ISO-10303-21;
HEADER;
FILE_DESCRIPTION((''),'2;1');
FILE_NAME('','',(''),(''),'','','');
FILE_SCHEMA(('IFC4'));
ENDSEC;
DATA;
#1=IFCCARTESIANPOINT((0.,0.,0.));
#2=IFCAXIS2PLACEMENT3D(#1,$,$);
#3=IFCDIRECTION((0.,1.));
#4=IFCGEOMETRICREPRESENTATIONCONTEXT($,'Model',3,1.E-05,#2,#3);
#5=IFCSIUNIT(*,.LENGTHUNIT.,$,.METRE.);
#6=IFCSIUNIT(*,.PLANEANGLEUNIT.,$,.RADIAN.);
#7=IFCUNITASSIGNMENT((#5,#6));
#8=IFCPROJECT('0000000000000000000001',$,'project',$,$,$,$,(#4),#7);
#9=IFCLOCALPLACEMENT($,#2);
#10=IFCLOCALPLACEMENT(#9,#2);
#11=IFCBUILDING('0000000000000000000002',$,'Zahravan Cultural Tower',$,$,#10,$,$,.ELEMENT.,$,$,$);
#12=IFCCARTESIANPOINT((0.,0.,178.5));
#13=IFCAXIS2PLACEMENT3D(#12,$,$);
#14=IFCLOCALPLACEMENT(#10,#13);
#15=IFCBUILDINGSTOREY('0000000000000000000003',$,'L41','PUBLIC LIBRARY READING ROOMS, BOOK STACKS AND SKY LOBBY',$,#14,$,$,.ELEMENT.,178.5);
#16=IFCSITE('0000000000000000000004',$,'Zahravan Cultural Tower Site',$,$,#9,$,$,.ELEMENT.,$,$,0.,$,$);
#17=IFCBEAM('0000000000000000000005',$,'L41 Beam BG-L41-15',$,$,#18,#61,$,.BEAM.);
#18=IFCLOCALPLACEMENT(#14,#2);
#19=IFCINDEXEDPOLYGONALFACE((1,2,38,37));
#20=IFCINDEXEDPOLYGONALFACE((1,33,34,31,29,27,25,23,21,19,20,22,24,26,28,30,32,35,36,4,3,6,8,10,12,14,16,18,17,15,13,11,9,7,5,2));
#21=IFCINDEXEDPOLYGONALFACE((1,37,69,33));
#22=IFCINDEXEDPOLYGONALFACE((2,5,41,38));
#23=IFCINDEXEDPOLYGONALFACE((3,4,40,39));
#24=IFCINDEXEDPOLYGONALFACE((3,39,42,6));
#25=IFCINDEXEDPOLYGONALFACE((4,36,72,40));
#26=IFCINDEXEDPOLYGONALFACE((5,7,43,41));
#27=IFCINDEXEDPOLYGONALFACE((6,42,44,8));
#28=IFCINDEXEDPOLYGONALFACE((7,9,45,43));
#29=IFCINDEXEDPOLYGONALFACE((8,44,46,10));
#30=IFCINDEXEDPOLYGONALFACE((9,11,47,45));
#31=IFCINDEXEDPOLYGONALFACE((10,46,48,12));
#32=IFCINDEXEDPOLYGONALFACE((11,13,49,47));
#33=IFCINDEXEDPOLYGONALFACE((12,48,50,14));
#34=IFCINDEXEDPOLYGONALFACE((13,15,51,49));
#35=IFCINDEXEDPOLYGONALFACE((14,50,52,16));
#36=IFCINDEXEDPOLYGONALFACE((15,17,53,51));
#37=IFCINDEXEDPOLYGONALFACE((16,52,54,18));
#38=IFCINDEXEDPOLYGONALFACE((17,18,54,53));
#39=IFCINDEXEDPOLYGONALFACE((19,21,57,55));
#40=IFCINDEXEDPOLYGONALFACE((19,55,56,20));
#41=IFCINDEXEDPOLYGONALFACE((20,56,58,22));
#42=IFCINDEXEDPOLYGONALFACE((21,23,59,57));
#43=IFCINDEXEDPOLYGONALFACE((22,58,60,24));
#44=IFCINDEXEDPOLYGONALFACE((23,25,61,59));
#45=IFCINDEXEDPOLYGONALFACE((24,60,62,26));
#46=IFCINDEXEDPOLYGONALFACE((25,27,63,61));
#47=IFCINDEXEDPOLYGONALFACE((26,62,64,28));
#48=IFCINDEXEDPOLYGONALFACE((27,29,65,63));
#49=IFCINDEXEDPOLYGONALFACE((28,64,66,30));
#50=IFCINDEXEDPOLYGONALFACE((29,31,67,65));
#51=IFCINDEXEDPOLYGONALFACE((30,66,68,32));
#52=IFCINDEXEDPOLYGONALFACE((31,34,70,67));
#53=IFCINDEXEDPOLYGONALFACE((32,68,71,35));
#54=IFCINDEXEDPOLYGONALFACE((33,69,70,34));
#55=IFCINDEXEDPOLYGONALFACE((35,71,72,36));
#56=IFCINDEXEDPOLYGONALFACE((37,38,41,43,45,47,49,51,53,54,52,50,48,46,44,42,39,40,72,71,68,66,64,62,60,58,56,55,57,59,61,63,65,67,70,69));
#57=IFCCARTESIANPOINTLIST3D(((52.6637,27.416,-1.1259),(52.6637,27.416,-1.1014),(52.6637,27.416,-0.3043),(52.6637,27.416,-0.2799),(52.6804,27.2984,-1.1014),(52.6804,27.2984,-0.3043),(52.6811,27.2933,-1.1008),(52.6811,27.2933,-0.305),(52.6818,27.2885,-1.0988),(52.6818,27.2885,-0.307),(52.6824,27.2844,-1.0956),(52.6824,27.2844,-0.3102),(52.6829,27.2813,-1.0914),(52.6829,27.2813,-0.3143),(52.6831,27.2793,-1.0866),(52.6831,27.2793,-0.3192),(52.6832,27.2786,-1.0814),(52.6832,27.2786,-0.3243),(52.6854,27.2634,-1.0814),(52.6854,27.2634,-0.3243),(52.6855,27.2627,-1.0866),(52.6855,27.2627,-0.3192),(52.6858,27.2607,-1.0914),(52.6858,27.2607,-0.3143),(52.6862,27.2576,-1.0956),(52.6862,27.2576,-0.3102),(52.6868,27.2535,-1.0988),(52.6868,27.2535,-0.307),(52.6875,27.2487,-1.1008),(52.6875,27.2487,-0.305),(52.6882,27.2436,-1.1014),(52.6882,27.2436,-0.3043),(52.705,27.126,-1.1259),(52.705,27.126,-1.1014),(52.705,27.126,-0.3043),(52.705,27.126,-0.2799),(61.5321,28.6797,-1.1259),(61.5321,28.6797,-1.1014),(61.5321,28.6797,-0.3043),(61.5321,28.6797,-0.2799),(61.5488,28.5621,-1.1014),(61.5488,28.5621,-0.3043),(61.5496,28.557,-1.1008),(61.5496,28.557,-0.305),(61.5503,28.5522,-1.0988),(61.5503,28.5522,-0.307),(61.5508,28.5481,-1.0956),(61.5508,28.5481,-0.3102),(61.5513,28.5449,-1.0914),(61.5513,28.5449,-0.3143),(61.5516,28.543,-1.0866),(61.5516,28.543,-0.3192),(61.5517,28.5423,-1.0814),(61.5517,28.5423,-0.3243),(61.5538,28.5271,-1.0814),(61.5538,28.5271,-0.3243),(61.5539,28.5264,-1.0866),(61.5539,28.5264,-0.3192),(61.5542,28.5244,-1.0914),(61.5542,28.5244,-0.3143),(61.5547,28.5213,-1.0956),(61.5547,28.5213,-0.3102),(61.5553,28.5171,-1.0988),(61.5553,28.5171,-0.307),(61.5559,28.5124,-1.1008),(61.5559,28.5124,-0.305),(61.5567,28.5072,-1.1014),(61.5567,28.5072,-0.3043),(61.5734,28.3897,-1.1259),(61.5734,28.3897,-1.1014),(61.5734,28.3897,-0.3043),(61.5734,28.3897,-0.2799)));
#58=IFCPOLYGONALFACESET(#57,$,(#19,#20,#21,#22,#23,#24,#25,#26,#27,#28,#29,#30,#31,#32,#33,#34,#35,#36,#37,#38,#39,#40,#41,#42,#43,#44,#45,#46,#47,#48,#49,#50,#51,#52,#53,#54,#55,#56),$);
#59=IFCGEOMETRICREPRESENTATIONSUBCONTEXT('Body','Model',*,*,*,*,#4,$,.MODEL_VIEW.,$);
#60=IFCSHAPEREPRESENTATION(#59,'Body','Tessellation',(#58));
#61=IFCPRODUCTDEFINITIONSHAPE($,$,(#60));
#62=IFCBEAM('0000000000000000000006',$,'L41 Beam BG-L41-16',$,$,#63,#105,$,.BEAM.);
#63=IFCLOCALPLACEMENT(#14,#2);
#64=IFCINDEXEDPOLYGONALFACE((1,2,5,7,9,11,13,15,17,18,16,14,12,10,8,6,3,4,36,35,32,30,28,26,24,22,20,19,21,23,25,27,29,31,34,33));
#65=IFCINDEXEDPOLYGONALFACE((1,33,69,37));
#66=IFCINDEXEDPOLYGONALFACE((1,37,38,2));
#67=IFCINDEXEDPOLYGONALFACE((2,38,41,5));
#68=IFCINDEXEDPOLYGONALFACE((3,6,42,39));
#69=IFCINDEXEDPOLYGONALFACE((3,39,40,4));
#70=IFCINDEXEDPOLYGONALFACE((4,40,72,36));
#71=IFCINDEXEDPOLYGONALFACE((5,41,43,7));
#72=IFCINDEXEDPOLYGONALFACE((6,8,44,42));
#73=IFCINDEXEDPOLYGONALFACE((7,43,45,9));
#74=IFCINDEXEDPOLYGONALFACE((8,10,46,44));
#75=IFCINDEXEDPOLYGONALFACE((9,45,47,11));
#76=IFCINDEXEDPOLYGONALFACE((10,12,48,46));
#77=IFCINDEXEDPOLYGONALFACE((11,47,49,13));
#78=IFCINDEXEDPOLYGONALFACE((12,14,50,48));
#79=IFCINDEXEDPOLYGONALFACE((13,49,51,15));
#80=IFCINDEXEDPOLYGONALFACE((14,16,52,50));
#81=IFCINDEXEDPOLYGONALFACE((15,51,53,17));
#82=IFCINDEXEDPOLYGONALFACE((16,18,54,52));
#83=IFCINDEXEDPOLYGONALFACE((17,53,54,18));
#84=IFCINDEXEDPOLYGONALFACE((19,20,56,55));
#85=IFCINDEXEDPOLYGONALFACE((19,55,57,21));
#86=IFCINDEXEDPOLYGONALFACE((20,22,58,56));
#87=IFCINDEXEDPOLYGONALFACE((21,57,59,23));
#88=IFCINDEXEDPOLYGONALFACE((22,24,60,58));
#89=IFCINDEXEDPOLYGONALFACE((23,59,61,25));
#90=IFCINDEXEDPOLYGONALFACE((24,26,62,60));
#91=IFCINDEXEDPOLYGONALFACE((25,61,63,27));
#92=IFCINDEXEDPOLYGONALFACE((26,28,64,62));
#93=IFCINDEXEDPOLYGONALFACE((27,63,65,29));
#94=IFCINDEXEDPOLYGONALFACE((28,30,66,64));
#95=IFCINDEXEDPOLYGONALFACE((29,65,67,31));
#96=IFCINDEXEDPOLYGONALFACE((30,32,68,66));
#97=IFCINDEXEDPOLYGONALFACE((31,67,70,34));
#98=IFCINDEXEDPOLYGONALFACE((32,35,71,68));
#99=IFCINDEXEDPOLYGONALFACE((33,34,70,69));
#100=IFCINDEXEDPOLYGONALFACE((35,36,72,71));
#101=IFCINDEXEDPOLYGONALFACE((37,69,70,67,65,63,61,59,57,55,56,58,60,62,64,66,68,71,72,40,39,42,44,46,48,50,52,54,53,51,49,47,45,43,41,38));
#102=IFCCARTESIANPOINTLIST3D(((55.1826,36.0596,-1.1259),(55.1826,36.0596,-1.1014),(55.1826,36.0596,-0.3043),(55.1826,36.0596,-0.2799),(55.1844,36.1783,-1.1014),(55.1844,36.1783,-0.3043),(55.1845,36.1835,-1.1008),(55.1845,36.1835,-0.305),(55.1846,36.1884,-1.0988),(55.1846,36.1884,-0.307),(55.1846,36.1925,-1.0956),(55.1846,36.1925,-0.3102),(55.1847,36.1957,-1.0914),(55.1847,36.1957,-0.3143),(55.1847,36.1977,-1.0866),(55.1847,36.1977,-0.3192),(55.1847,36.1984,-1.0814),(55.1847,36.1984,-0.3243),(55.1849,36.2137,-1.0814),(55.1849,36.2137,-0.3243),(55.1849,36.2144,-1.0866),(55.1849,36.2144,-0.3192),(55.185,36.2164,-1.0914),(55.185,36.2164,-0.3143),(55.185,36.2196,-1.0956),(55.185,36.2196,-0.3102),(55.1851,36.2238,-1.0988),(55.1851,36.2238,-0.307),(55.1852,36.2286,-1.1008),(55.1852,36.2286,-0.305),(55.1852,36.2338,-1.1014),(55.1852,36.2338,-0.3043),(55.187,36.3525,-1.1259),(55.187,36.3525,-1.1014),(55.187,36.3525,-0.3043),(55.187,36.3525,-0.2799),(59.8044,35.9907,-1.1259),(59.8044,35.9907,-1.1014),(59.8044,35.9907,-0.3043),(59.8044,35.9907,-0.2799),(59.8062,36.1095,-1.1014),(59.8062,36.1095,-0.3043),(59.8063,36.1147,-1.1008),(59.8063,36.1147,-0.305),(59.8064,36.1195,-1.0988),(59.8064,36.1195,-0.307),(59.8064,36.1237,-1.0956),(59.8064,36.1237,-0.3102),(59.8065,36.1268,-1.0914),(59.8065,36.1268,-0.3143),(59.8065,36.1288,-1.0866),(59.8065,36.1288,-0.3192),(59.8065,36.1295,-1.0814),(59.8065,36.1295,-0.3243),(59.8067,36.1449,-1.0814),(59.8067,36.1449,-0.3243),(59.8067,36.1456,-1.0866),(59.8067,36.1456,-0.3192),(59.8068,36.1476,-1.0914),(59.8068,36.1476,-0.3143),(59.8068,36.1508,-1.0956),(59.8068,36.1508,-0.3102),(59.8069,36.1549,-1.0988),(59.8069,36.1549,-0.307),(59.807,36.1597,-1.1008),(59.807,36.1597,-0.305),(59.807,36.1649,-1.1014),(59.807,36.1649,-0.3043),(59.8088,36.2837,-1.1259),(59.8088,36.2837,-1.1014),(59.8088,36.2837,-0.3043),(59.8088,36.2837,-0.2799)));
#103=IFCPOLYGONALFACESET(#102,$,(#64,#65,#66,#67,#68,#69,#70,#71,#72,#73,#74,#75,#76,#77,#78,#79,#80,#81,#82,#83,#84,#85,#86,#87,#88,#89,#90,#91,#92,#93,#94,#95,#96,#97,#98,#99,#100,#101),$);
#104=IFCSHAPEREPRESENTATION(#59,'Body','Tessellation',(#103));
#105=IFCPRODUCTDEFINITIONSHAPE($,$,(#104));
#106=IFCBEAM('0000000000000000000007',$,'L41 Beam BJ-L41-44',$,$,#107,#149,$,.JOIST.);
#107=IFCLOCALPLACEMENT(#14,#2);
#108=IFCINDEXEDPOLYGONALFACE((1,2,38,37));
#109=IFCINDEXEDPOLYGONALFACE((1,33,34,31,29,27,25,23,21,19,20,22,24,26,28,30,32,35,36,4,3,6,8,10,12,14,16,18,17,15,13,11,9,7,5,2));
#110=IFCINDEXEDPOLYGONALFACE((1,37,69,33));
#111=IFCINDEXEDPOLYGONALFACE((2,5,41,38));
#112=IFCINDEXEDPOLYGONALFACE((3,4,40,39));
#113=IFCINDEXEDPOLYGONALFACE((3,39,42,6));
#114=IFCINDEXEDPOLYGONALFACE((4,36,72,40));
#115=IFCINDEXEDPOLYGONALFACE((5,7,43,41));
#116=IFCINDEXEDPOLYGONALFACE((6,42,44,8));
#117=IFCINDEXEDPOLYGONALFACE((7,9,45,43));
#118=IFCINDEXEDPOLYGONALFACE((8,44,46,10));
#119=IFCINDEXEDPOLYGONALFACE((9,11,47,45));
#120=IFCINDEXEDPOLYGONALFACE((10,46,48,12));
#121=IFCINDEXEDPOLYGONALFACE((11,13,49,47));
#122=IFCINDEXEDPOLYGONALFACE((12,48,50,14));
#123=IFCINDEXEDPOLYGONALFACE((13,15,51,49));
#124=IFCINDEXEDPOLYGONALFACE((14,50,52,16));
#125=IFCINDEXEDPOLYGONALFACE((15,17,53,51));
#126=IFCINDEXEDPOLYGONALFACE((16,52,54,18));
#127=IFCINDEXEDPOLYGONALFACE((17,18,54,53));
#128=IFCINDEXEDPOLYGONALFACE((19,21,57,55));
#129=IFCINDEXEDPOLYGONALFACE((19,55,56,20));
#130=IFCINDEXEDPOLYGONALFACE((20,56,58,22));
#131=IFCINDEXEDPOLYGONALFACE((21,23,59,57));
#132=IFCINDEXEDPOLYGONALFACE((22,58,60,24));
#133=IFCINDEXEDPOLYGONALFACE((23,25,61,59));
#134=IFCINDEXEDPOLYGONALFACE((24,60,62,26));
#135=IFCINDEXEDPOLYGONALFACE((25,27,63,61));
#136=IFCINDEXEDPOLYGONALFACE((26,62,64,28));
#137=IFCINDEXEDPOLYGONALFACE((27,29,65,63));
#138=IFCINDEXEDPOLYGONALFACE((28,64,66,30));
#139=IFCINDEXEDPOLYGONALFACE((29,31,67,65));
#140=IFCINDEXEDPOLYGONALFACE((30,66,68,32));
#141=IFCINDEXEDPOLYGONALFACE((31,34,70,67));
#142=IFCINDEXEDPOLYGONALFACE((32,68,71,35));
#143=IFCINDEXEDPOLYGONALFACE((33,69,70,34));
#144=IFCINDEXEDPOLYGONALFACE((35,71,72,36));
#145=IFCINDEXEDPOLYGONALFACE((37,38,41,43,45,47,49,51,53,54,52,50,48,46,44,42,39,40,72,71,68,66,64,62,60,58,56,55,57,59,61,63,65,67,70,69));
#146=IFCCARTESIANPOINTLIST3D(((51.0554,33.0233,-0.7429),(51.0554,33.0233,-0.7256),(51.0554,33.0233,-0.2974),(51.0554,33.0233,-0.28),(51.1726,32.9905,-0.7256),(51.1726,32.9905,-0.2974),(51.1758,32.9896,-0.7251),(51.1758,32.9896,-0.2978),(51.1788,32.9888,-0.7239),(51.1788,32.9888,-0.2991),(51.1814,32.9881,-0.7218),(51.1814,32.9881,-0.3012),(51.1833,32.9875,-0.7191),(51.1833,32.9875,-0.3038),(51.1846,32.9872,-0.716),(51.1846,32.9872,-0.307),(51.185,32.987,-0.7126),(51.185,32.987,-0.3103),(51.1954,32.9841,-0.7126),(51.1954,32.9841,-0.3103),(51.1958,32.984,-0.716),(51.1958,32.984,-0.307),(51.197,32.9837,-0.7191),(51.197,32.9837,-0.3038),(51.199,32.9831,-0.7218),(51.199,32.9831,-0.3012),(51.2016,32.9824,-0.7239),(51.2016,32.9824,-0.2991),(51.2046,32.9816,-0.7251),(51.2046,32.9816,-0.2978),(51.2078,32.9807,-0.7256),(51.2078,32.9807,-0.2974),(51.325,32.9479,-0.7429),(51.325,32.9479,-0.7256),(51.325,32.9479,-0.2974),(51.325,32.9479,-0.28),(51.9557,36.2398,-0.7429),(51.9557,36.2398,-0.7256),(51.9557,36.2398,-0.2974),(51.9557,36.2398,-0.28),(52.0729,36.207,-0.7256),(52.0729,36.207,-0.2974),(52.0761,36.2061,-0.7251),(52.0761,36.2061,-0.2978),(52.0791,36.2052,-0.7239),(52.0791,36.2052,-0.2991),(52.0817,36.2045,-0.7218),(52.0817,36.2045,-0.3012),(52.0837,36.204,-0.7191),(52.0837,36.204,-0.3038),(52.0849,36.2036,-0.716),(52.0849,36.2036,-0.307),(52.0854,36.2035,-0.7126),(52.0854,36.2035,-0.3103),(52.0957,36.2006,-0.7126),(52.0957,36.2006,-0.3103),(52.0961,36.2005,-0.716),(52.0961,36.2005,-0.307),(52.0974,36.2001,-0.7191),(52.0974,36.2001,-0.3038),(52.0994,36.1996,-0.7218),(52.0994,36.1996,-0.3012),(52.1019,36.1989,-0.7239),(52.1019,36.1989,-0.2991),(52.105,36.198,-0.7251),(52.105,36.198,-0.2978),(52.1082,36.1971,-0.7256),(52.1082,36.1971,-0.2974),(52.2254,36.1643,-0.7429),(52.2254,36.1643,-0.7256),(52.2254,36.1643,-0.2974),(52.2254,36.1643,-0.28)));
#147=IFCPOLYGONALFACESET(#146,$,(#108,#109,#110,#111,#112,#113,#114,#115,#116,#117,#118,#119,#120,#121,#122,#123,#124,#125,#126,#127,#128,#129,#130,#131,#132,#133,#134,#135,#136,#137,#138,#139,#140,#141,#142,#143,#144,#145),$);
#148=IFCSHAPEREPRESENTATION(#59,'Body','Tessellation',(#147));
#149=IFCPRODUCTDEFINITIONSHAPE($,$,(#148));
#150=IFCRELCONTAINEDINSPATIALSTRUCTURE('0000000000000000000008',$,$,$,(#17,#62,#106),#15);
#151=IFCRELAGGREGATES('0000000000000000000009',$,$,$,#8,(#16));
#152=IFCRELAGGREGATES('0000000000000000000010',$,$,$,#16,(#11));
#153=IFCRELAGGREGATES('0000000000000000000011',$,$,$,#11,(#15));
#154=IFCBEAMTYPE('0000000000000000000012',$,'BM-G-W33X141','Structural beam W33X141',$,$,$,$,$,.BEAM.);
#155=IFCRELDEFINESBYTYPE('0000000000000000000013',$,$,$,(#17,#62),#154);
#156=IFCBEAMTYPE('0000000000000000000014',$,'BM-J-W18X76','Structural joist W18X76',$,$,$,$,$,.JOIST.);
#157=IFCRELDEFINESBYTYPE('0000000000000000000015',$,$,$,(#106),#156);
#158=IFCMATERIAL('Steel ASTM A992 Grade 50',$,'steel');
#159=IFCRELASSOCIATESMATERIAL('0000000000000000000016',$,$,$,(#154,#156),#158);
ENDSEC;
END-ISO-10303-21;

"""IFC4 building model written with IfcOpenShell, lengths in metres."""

from ifc_helpers import new_model, si_unit, direction, frame, origin, origin_2d, place, context, subcontext, project, spatial, i_section, extrude, source, transform, mapped, material, material_profile, profile_set, type_object, element, save


model = new_model("IFC4")

# Units and contexts
model_context = context("Model", 3, precision=1e-05, world=origin(), true_north=direction((0.0, 1.0)))
body_context = subcontext(model_context, "Body", "Model", "MODEL_VIEW")
ifc_project = project(units=[si_unit("LENGTHUNIT", "METRE"), si_unit("PLANEANGLEUNIT", "RADIAN")], contexts=[model_context])

# Site, building, storey
site_placement = place(None, origin())
site = spatial("IfcSite", under=ifc_project, at=site_placement, Name="Zahravan Cultural Tower Site", CompositionType="ELEMENT", RefElevation=0.0)
building_placement = place(site_placement, origin())
building = spatial("IfcBuilding", under=site, at=building_placement, Name="Zahravan Cultural Tower", CompositionType="ELEMENT")
storey_placement = place(building_placement, frame((0.0, 0.0, 178.5)))
storey = spatial("IfcBuildingStorey", under=building, at=storey_placement, Name="L41", Description="PUBLIC LIBRARY READING ROOMS, BOOK STACKS AND SKY LOBBY", CompositionType="ELEMENT", Elevation=178.5)

# Shared definitions
ifc_material_1 = material(Name="Steel ASTM A992 Grade 50", Category="steel")

# Beams
ifc_material_profile_1 = material_profile(ifc_material_1, i_section(OverallWidth=0.293, OverallDepth=0.8459, WebThickness=0.0154, FlangeThickness=0.0244, FilletRadius=0.02, at=origin_2d()), Name="W33X141")
ifc_profile_set_1 = profile_set([ifc_material_profile_1], Name="Steel ASTM A992 Grade 50")
beam_type_1 = type_object("IfcBeamType", Name="BM-G-W33X141", Description="Structural beam W33X141", PredefinedType="BEAM", material=ifc_profile_set_1)
shared_shape_1 = source(origin(), body_context, "Body", "SweptSolid", [
    extrude(i_section(OverallWidth=0.293, OverallDepth=0.8459, WebThickness=0.0154, FlangeThickness=0.0244, FilletRadius=0.02, at=origin_2d()), origin(), (0.0, 0.0, 1.0), 8.958),
])
beam_1_placement = place(storey_placement, frame((52.6843, 27.271, -0.7029), z_axis=(0.99, 0.141067, 0.0), x_axis=(-0.141067, 0.99, 0.0)))
element("IfcBeam", 1, at=beam_1_placement, inside=storey, type_object=beam_type_1, Name="L41 Beam BG-L41-15", PredefinedType="BEAM", context=body_context, shape_type="MappedRepresentation", body=[
    mapped(shared_shape_1, transform((0.0, 0.0, 0.0), x_axis=(1.0, 0.0, 0.0), y_axis=(0.0, 1.0, 0.0), z_axis=(0.0, 0.0, 1.0), scale=1.0)),
])
shared_shape_2 = source(origin(), body_context, "Body", "SweptSolid", [
    extrude(i_section(OverallWidth=0.293, OverallDepth=0.8459, WebThickness=0.0154, FlangeThickness=0.0244, FilletRadius=0.02, at=origin_2d()), origin(), (0.0, 0.0, 1.0), 4.6223),
])
beam_2_placement = place(storey_placement, frame((55.1848, 36.2061, -0.7029), z_axis=(0.999889, -0.014895, 0.0), x_axis=(0.014895, 0.999889, 0.0)))
element("IfcBeam", 2, at=beam_2_placement, inside=storey, type_object=beam_type_1, Name="L41 Beam BG-L41-16", PredefinedType="BEAM", context=body_context, shape_type="MappedRepresentation", body=[
    mapped(shared_shape_2, transform((0.0, 0.0, 0.0), x_axis=(1.0, 0.0, 0.0), y_axis=(0.0, 1.0, 0.0), z_axis=(0.0, 0.0, 1.0), scale=1.0)),
])
ifc_material_profile_2 = material_profile(ifc_material_1, i_section(OverallWidth=0.28, OverallDepth=0.4629, WebThickness=0.0107, FlangeThickness=0.0173, FilletRadius=0.0129, at=origin_2d()), Name="W18X76")
ifc_profile_set_2 = profile_set([ifc_material_profile_2], Name="Steel ASTM A992 Grade 50")
beam_type_2 = type_object("IfcBeamType", Name="BM-J-W18X76", Description="Structural joist W18X76", PredefinedType="JOIST", material=ifc_profile_set_2)
shared_shape_3 = source(origin(), body_context, "Body", "SweptSolid", [
    extrude(i_section(OverallWidth=0.28, OverallDepth=0.4629, WebThickness=0.0107, FlangeThickness=0.0173, FilletRadius=0.0129, at=origin_2d()), origin(), (0.0, 0.0, 1.0), 3.3401),
])
beam_3_placement = place(storey_placement, frame((51.1902, 32.9856, -0.5115), z_axis=(0.269562, 0.962983, 0.0), x_axis=(-0.962983, 0.269562, 0.0)))
element("IfcBeam", 3, at=beam_3_placement, inside=storey, type_object=beam_type_2, Name="L41 Beam BJ-L41-44", PredefinedType="JOIST", context=body_context, shape_type="MappedRepresentation", body=[
    mapped(shared_shape_3, transform((0.0, 0.0, 0.0), x_axis=(1.0, 0.0, 0.0), y_axis=(0.0, 1.0, 0.0), z_axis=(0.0, 0.0, 1.0), scale=1.0)),
])

save(model, "model.ifc")
